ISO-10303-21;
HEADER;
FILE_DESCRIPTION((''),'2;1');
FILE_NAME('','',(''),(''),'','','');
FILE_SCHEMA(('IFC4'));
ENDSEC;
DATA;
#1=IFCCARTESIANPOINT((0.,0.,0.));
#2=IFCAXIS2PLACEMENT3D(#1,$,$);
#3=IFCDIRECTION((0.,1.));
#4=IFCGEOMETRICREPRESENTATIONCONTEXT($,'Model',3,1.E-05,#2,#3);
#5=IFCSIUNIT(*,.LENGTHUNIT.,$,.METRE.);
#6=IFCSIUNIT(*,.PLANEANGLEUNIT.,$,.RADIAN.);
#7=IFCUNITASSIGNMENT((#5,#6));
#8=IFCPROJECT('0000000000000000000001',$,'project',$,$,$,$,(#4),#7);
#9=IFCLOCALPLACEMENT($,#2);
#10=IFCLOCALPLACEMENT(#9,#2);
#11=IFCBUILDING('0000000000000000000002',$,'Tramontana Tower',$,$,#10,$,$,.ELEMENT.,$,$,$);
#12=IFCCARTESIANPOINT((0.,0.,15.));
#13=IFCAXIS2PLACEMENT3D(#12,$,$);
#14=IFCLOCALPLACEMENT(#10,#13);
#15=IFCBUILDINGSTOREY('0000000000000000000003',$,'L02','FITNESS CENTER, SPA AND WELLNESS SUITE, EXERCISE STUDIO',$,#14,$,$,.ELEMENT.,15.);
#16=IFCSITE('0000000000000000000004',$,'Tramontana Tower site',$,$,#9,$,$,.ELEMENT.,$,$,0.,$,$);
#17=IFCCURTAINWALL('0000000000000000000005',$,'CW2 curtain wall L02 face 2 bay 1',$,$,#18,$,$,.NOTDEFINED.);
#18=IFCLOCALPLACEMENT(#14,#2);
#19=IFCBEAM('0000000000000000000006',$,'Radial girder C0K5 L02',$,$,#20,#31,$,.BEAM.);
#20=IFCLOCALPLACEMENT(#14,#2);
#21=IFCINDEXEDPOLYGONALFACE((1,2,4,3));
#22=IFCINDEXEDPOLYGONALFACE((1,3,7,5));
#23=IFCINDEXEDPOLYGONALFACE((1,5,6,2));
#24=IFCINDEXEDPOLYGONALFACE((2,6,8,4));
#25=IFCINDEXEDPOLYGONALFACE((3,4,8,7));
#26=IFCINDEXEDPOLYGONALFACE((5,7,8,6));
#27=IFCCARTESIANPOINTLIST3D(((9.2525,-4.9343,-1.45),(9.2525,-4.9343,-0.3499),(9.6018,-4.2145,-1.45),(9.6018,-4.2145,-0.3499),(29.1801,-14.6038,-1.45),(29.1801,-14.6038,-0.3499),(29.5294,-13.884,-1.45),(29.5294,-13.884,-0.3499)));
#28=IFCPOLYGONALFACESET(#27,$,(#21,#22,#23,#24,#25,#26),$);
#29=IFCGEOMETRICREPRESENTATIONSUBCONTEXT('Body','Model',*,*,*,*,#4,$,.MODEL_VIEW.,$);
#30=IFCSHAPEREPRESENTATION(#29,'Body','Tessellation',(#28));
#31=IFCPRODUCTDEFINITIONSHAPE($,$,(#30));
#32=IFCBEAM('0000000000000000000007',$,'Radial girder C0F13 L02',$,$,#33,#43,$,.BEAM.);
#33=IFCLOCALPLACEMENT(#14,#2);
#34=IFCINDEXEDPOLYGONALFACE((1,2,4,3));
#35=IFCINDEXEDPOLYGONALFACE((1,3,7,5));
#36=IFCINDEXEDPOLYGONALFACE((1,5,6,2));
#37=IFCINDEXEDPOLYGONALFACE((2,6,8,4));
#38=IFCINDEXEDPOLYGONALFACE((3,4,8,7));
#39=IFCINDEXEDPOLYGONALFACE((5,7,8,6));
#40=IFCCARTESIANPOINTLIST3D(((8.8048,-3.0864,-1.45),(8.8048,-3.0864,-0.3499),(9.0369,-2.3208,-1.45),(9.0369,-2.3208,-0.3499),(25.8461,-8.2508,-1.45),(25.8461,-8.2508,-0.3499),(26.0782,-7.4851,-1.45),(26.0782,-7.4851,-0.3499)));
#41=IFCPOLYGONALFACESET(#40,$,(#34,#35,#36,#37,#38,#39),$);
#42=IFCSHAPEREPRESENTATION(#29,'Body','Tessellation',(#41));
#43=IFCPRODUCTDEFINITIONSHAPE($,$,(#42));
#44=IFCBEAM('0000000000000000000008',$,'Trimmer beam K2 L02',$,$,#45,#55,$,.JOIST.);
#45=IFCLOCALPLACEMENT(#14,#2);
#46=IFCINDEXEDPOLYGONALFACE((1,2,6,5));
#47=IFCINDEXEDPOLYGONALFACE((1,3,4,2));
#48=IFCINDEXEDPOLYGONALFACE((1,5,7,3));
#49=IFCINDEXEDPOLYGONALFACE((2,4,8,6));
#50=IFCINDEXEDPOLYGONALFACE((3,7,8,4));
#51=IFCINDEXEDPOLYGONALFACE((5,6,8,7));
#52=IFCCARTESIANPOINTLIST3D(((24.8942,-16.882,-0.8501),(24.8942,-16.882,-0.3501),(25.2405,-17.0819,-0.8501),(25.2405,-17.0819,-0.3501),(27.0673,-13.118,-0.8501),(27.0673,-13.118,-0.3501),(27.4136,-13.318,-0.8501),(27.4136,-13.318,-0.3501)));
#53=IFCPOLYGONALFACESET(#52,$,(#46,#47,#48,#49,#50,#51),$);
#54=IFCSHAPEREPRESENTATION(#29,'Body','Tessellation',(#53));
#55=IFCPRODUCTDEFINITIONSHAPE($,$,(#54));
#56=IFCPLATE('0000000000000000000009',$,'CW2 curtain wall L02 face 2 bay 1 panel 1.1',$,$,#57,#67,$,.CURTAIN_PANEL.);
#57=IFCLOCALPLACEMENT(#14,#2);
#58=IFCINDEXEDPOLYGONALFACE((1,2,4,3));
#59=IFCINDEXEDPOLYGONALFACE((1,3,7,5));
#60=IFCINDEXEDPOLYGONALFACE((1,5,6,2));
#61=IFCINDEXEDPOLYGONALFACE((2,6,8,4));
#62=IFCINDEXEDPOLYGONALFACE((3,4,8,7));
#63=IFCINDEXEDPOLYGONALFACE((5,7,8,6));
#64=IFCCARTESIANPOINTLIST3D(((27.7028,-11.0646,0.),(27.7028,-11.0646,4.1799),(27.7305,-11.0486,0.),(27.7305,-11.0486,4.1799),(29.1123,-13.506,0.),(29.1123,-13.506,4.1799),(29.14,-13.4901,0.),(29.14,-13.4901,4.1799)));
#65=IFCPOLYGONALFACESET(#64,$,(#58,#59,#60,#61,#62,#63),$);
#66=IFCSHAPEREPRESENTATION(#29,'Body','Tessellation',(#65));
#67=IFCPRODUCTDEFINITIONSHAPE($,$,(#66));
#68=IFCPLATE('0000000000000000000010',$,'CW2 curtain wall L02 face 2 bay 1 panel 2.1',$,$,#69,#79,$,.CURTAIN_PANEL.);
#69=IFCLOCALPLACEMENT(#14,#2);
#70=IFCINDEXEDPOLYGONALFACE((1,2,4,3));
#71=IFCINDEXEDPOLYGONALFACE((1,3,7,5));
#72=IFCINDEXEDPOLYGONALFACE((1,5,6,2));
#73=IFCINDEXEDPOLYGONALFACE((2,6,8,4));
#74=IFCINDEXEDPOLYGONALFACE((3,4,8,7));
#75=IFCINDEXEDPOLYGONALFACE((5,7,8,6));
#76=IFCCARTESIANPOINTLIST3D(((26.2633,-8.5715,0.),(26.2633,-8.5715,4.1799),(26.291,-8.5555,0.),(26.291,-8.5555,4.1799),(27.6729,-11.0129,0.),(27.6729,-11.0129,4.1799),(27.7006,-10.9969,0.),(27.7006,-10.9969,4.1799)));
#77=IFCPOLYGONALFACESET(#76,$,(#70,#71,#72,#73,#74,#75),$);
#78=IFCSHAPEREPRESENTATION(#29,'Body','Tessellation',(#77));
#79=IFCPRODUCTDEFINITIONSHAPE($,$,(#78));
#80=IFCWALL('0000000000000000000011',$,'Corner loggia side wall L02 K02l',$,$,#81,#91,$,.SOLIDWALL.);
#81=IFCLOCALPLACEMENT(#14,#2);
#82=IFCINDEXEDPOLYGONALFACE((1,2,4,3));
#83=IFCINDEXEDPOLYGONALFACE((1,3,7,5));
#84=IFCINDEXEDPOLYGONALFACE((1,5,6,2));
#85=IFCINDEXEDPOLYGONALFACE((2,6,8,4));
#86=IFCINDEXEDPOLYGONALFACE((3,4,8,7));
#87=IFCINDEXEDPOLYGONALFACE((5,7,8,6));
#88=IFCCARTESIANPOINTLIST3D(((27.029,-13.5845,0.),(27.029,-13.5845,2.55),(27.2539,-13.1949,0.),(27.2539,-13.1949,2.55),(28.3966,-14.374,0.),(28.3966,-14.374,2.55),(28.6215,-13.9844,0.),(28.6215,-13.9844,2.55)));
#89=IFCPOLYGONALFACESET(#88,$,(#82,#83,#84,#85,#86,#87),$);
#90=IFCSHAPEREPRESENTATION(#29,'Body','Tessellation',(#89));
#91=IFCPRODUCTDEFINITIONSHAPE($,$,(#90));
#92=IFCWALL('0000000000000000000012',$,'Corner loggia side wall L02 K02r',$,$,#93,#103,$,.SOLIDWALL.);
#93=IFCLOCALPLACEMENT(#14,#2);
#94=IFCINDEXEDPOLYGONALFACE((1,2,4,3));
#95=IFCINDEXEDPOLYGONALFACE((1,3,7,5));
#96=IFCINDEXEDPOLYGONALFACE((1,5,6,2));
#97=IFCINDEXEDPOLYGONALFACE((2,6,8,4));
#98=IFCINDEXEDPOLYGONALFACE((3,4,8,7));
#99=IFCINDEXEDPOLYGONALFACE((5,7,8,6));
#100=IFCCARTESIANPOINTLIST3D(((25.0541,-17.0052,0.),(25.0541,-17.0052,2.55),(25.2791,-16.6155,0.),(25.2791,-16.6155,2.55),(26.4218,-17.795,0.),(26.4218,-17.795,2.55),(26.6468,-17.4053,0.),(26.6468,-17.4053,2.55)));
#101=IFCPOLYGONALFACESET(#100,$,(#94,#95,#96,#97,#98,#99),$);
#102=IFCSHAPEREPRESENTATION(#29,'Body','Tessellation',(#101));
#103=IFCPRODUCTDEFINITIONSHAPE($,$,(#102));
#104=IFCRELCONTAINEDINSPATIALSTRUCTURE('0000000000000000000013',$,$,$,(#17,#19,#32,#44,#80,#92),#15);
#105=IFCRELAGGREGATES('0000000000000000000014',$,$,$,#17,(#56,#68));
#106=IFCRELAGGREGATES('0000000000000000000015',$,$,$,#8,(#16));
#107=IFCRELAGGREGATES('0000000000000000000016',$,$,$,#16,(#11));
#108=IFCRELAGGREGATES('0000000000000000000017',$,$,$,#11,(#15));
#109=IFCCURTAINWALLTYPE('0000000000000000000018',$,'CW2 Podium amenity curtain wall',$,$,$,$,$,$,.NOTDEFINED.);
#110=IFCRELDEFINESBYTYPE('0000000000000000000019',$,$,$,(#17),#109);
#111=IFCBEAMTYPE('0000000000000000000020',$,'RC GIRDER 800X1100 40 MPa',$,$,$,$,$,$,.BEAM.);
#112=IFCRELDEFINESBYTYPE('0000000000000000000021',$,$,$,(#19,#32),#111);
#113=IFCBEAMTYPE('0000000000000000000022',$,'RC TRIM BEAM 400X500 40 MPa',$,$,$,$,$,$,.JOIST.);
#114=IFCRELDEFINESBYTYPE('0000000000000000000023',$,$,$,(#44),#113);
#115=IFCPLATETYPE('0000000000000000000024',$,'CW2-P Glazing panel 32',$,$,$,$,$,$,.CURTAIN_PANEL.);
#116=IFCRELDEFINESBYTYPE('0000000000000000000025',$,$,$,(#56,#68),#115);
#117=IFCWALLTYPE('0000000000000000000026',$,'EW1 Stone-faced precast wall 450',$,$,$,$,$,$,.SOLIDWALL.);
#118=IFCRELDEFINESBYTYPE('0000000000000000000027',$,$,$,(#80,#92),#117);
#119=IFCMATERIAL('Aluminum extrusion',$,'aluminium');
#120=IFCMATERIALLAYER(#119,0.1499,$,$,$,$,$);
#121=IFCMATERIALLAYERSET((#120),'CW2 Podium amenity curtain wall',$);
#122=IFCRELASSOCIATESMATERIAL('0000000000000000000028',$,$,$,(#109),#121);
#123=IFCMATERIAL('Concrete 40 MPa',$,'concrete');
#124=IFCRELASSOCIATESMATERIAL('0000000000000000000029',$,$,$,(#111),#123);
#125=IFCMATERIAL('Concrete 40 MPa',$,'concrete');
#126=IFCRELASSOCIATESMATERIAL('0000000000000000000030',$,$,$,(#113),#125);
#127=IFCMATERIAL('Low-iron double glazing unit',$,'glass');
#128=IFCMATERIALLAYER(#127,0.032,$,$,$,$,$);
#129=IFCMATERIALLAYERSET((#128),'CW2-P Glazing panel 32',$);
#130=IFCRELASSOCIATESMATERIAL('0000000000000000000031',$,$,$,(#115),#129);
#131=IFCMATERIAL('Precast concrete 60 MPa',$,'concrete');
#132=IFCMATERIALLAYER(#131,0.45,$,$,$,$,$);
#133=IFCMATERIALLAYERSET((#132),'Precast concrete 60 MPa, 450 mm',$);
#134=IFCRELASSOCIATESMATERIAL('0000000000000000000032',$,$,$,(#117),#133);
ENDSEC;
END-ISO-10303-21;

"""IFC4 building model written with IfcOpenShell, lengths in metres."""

from ifc_helpers import new_model, si_unit, direction, frame, frame_2d, origin, origin_2d, place, context, subcontext, project, spatial, rectangle, extrude, material, layer, layer_set, material_profile, profile_set, type_object, element, aggregate, save


model = new_model("IFC4")

# Units and contexts
model_context = context("Model", 3, precision=1e-05, world=origin(), true_north=direction((0.0, 1.0)))
body_context = subcontext(model_context, "Body", "Model", "MODEL_VIEW")
ifc_project = project(units=[si_unit("LENGTHUNIT", "METRE"), si_unit("PLANEANGLEUNIT", "RADIAN")], contexts=[model_context])

# Site, building, storey
site_placement = place(None, origin())
site = spatial("IfcSite", under=ifc_project, at=site_placement, Name="Tramontana Tower site", CompositionType="ELEMENT", RefElevation=0.0)
building_placement = place(site_placement, origin())
building = spatial("IfcBuilding", under=site, at=building_placement, Name="Tramontana Tower", CompositionType="ELEMENT")
storey_placement = place(building_placement, frame((0.0, 0.0, 15.0)))
storey = spatial("IfcBuildingStorey", under=building, at=storey_placement, Name="L02", Description="FITNESS CENTER, SPA AND WELLNESS SUITE, EXERCISE STUDIO", CompositionType="ELEMENT", Elevation=15.0)

# Shared definitions
ifc_material_1 = material(Name="Aluminum extrusion", Category="aluminium")
ifc_layer_1 = layer(ifc_material_1, 0.1499)
ifc_layer_set_1 = layer_set([ifc_layer_1], Name="CW2 Podium amenity curtain wall")
curtain_wall_type = type_object("IfcCurtainWallType", Name="CW2 Podium amenity curtain wall", PredefinedType="NOTDEFINED", material=ifc_layer_set_1)

# Curtain wall
curtain_wall_1_placement = place(storey_placement, origin())
curtain_wall_1 = element("IfcCurtainWall", 1, at=curtain_wall_1_placement, inside=storey, type_object=curtain_wall_type, Name="CW2 curtain wall L02 face 2 bay 1", PredefinedType="NOTDEFINED")

# Beams
ifc_material_2 = material(Name="Concrete 40 MPa", Category="concrete")
ifc_material_profile_1 = material_profile(ifc_material_2, rectangle(XDim=0.8, YDim=1.1001, at=origin_2d()), Name="RC GIRDER 800X1100 40 MPa")
ifc_profile_set_1 = profile_set([ifc_material_profile_1], Name="Concrete 40 MPa")
beam_type_1 = type_object("IfcBeamType", Name="RC GIRDER 800X1100 40 MPa", PredefinedType="BEAM", material=ifc_profile_set_1)
beam_1_placement = place(storey_placement, frame((29.3547, -14.2439, -0.8999), z_axis=(-0.899679, 0.436552, 0.0), x_axis=(-0.436552, -0.899679, 0.0)))
element("IfcBeam", 2, at=beam_1_placement, inside=storey, type_object=beam_type_1, Name="Radial girder C0K5 L02", PredefinedType="BEAM", context=body_context, shape_type="SweptSolid", body=[
    extrude(rectangle(XDim=0.8, YDim=1.1001, at=origin_2d()), origin(), (0.0, 0.0, 1.0), 22.1497),
])
beam_2_placement = place(storey_placement, frame((25.9622, -7.8679, -0.8999), z_axis=(-0.95702, 0.290022, 0.0), x_axis=(-0.290022, -0.95702, 0.0)))
element("IfcBeam", 3, at=beam_2_placement, inside=storey, type_object=beam_type_1, Name="Radial girder C0F13 L02", PredefinedType="BEAM", context=body_context, shape_type="SweptSolid", body=[
    extrude(rectangle(XDim=0.8, YDim=1.1001, at=origin_2d()), origin(), (0.0, 0.0, 1.0), 17.8066),
])
ifc_material_3 = material(Name="Concrete 40 MPa", Category="concrete")
ifc_material_profile_2 = material_profile(ifc_material_3, rectangle(XDim=0.3999, YDim=0.5, at=origin_2d()), Name="RC TRIM BEAM 400X500 40 MPa")
ifc_profile_set_2 = profile_set([ifc_material_profile_2], Name="Concrete 40 MPa")
beam_type_2 = type_object("IfcBeamType", Name="RC TRIM BEAM 400X500 40 MPa", PredefinedType="JOIST", material=ifc_profile_set_2)
beam_3_placement = place(storey_placement, frame((25.0674, -16.9819, -0.6001), z_axis=(0.5, 0.866026, 0.0), x_axis=(-0.866026, 0.5, 0.0)))
element("IfcBeam", 4, at=beam_3_placement, inside=storey, type_object=beam_type_2, Name="Trimmer beam K2 L02", PredefinedType="JOIST", context=body_context, shape_type="SweptSolid", body=[
    extrude(rectangle(XDim=0.3999, YDim=0.5, at=origin_2d()), origin(), (0.0, 0.0, 1.0), 4.3462),
])

# Plates
ifc_material_4 = material(Name="Low-iron double glazing unit", Category="glass")
ifc_layer_2 = layer(ifc_material_4, 0.032)
ifc_layer_set_2 = layer_set([ifc_layer_2], Name="CW2-P Glazing panel 32")
plate_type = type_object("IfcPlateType", Name="CW2-P Glazing panel 32", PredefinedType="CURTAIN_PANEL", material=ifc_layer_set_2)
plate_1_placement = place(storey_placement, frame((28.4214, -12.2773, 0.0), z_axis=(0.0, 0.0, 1.0), x_axis=(-0.5, 0.866025, 0.0)))
plate_1 = element("IfcPlate", 5, at=plate_1_placement, type_object=plate_type, Name="CW2 curtain wall L02 face 2 bay 1 panel 1.1", PredefinedType="CURTAIN_PANEL", context=body_context, shape_type="SweptSolid", body=[
    extrude(rectangle(XDim=2.8191, YDim=0.032, at=origin_2d()), origin(), (0.0, 0.0, 1.0), 4.1799),
])
plate_2_placement = place(storey_placement, frame((26.9819, -9.7842, 0.0), z_axis=(0.0, 0.0, 1.0), x_axis=(-0.5, 0.866025, 0.0)))
plate_2 = element("IfcPlate", 6, at=plate_2_placement, type_object=plate_type, Name="CW2 curtain wall L02 face 2 bay 1 panel 2.1", PredefinedType="CURTAIN_PANEL", context=body_context, shape_type="SweptSolid", body=[
    extrude(rectangle(XDim=2.8191, YDim=0.032, at=origin_2d()), origin(), (0.0, 0.0, 1.0), 4.1799),
])
aggregate(curtain_wall_1, [plate_1, plate_2])

# Walls
ifc_material_5 = material(Name="Precast concrete 60 MPa", Category="concrete")
ifc_layer_3 = layer(ifc_material_5, 0.45)
ifc_layer_set_3 = layer_set([ifc_layer_3], Name="Precast concrete 60 MPa, 450 mm")
wall_type_1 = type_object("IfcWallType", Name="EW1 Stone-faced precast wall 450", PredefinedType="SOLIDWALL", material=ifc_layer_set_3)
wall_1_placement = place(storey_placement, frame((28.509, -14.1792, 0.0), z_axis=(0.0, 0.0, 1.0), x_axis=(-0.866047, 0.499963, 0.0)))
element("IfcWall", 7, at=wall_1_placement, inside=storey, type_object=wall_type_1, Name="Corner loggia side wall L02 K02l", PredefinedType="SOLIDWALL", context=body_context, shape_type="SweptSolid", body=[
    extrude(rectangle(XDim=1.5791, YDim=0.45, at=frame_2d((0.7896, 0.0))), origin(), (0.0, 0.0, 1.0), 2.55),
])
wall_2_placement = place(storey_placement, frame((26.5342, -17.6001, 0.0), z_axis=(0.0, 0.0, 1.0), x_axis=(-0.86598, 0.500079, 0.0)))
element("IfcWall", 8, at=wall_2_placement, inside=storey, type_object=wall_type_1, Name="Corner loggia side wall L02 K02r", PredefinedType="SOLIDWALL", context=body_context, shape_type="SweptSolid", body=[
    extrude(rectangle(XDim=1.5793, YDim=0.45, at=frame_2d((0.7896, 0.0))), origin(), (0.0, 0.0, 1.0), 2.55),
])

save(model, "model.ifc")
